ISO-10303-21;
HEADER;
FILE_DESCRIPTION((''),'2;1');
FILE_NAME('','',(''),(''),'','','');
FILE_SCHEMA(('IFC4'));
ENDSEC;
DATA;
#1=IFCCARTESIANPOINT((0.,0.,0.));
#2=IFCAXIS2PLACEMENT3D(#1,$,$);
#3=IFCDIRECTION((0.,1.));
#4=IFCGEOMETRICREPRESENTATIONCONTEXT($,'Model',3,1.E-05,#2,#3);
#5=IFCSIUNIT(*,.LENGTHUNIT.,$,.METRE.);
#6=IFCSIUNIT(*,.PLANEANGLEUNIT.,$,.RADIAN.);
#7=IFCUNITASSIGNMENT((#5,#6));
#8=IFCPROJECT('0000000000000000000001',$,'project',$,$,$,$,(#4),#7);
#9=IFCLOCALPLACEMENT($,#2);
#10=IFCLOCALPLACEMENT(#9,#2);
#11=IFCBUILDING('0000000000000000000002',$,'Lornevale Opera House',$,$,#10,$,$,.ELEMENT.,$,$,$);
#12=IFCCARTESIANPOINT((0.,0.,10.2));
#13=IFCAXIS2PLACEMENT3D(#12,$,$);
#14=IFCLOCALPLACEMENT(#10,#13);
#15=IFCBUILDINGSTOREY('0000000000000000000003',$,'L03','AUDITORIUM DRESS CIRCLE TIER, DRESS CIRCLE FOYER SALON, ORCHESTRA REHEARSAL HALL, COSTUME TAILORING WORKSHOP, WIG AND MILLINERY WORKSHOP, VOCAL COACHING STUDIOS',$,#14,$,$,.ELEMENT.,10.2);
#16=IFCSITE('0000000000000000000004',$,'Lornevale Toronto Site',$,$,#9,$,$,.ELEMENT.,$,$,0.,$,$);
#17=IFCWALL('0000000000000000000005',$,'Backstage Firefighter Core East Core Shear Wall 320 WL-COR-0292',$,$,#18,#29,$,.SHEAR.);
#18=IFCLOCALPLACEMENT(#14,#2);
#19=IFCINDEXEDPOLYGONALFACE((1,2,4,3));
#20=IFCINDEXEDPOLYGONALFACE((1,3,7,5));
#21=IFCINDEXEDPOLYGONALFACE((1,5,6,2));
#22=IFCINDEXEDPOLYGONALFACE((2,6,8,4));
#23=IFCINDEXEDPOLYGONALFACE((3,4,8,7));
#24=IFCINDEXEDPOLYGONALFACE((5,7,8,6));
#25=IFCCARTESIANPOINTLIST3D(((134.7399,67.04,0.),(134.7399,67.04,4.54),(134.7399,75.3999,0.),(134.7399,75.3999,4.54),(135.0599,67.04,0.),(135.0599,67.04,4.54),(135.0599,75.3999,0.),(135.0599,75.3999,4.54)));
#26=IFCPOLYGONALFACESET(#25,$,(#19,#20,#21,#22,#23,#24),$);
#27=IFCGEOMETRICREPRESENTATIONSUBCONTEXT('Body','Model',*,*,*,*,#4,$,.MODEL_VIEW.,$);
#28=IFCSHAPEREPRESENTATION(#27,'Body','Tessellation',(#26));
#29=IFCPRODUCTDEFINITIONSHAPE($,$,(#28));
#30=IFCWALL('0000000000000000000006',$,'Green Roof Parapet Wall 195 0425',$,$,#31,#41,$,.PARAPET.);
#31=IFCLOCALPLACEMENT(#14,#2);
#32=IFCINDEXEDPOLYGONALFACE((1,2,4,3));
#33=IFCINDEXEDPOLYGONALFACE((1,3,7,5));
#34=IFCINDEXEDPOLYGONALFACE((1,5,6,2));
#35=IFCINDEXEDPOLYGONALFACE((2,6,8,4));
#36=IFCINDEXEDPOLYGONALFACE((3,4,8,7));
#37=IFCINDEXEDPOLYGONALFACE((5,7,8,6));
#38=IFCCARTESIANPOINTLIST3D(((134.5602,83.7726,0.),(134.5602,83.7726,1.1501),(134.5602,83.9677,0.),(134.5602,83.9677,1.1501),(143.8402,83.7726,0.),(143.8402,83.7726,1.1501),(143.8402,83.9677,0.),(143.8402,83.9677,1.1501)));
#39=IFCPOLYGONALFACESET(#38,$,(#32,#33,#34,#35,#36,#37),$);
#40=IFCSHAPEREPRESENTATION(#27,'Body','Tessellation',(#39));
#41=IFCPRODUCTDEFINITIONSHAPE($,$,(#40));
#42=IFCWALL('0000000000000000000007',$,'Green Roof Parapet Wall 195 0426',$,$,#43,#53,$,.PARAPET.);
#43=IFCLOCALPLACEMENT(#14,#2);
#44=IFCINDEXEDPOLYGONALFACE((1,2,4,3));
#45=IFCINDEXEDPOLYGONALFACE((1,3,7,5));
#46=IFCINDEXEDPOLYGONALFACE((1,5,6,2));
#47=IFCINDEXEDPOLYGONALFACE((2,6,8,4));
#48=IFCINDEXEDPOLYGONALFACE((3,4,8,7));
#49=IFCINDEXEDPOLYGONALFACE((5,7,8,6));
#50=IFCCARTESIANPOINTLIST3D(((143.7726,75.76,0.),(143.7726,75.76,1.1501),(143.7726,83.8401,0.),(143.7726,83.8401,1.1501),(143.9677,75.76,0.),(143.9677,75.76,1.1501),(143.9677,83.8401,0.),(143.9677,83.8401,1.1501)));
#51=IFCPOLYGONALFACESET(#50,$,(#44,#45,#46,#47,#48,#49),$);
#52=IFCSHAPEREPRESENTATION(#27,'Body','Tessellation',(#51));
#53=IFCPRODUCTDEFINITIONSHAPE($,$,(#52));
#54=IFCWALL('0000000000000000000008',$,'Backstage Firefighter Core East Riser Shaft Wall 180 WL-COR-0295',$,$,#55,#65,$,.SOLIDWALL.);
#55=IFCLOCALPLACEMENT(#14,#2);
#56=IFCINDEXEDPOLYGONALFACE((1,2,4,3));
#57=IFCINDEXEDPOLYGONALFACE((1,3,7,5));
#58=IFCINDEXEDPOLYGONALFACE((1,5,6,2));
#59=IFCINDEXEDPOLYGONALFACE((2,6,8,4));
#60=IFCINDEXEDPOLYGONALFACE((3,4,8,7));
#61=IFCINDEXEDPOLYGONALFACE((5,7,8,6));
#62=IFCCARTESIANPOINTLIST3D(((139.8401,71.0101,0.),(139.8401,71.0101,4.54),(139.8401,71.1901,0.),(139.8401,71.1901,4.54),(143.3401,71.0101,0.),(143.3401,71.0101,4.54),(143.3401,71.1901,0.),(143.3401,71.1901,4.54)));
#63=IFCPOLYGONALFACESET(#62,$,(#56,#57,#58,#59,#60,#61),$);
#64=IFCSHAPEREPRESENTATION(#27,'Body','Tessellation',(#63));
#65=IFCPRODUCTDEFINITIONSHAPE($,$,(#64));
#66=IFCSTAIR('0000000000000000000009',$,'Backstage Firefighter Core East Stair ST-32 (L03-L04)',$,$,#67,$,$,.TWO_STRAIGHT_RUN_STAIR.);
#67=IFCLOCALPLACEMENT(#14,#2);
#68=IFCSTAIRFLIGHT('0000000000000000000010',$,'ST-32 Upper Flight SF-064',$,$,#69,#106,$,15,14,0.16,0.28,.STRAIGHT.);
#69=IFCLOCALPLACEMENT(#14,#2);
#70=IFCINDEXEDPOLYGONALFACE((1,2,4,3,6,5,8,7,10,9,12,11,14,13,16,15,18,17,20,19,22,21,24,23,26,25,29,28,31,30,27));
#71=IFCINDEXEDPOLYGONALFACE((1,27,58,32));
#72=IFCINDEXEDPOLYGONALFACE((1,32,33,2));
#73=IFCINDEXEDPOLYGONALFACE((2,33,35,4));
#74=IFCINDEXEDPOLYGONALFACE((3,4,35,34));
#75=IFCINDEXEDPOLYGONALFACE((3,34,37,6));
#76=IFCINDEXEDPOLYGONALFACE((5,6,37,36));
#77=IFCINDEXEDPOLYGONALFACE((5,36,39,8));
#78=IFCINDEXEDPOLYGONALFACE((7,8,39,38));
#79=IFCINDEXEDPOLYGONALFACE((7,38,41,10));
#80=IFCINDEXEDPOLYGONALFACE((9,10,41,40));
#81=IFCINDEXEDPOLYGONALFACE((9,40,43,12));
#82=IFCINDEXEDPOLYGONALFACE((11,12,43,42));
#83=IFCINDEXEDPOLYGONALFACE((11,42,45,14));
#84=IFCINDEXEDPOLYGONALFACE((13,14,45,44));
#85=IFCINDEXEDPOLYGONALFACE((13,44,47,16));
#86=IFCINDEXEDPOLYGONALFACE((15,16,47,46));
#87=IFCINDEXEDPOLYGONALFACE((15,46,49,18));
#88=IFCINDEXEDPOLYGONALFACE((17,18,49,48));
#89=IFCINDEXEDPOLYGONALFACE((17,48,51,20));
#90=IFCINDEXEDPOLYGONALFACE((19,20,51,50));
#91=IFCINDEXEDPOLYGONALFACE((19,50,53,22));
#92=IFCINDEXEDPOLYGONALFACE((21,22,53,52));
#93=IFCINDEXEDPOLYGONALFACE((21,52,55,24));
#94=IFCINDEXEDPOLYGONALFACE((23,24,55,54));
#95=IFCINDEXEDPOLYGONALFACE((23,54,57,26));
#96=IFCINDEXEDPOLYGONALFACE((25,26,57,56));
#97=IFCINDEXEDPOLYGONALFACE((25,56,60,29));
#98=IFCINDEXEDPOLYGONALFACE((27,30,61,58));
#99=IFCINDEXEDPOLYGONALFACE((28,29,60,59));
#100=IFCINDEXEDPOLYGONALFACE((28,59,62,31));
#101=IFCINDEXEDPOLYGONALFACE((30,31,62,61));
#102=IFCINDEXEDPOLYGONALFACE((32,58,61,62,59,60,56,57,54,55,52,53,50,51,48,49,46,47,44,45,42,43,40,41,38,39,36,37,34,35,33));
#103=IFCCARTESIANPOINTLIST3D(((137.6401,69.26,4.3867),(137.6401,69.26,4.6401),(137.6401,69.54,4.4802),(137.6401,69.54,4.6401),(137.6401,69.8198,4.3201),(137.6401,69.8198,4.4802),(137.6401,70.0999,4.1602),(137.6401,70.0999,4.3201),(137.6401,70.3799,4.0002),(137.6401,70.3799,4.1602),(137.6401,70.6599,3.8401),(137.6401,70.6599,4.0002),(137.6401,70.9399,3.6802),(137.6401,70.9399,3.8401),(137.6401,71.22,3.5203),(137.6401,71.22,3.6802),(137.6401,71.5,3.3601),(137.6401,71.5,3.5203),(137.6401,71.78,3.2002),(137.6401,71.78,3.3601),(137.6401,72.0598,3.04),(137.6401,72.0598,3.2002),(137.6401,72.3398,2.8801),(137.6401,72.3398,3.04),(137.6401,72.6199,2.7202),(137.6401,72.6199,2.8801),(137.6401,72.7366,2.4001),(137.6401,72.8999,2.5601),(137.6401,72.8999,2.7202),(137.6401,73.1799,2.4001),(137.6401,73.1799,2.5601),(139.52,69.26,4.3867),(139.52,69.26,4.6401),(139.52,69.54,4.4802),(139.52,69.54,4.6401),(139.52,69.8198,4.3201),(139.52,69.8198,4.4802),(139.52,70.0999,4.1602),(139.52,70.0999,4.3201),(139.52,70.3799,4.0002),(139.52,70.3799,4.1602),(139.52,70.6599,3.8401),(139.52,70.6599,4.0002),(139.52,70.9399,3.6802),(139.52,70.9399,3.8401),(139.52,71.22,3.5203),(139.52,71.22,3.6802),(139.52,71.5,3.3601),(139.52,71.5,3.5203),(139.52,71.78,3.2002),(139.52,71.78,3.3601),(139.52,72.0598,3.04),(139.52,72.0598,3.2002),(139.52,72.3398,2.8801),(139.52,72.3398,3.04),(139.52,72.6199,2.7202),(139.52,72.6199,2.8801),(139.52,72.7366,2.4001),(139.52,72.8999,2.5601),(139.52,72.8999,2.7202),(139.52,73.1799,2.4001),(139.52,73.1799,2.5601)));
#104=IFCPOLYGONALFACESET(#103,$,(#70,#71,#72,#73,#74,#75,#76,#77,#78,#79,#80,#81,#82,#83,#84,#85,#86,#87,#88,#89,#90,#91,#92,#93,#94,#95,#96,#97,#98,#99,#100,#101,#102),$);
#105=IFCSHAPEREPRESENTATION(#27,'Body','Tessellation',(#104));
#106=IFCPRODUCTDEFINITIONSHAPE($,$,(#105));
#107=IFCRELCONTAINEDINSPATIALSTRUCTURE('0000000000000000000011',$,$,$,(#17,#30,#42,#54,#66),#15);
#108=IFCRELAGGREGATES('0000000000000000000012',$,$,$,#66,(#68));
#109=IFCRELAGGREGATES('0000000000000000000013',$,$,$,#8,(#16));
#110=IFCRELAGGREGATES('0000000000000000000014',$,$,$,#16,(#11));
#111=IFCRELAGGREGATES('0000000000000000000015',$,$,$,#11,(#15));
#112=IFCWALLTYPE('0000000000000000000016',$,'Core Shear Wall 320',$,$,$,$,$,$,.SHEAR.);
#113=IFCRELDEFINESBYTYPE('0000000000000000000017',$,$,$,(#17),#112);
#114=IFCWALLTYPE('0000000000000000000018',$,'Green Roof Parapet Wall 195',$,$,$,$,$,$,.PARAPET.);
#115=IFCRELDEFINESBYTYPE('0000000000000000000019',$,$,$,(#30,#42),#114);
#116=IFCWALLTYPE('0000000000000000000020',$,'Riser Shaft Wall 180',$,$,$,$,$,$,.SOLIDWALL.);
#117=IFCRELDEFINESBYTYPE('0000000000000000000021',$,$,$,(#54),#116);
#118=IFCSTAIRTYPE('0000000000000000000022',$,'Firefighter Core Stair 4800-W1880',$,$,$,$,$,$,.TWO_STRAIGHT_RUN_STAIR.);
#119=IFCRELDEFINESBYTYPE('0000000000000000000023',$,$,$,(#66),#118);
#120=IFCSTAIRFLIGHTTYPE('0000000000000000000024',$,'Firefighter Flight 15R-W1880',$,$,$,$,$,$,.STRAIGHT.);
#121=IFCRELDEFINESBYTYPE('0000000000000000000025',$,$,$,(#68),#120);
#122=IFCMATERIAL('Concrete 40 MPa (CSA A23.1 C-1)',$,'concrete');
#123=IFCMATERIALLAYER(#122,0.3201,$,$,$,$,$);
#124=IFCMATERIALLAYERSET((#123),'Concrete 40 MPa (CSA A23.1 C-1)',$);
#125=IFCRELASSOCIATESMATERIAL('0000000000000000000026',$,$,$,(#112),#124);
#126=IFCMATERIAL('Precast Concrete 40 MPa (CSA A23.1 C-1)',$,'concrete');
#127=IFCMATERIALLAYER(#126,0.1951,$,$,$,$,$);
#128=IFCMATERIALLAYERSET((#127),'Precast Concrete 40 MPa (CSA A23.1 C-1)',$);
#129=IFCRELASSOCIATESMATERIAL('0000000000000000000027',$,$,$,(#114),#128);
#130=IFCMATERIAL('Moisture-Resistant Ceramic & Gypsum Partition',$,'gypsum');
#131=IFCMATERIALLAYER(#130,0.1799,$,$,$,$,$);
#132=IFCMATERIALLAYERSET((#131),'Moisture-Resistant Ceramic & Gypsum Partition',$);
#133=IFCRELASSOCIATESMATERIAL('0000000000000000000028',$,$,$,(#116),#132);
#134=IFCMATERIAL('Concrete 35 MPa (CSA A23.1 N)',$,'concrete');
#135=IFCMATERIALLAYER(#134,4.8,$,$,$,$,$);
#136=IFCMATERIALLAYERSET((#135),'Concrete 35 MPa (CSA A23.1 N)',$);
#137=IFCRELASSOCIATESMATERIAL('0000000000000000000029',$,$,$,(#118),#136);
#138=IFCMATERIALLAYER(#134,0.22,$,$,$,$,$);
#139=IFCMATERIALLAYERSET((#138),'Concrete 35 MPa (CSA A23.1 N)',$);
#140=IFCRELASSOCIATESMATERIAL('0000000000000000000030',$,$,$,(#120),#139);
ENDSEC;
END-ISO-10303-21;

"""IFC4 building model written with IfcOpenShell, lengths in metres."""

from ifc_helpers import new_model, si_unit, direction, frame, frame_2d, origin, place, context, subcontext, project, spatial, polyline, rectangle, outline, extrude, material, layer, layer_set, type_object, element, aggregate, save


model = new_model("IFC4")

# Units and contexts
model_context = context("Model", 3, precision=1e-05, world=origin(), true_north=direction((0.0, 1.0)))
body_context = subcontext(model_context, "Body", "Model", "MODEL_VIEW")
ifc_project = project(units=[si_unit("LENGTHUNIT", "METRE"), si_unit("PLANEANGLEUNIT", "RADIAN")], contexts=[model_context])

# Site, building, storey
site_placement = place(None, origin())
site = spatial("IfcSite", under=ifc_project, at=site_placement, Name="Lornevale Toronto Site", CompositionType="ELEMENT", RefElevation=0.0)
building_placement = place(site_placement, origin())
building = spatial("IfcBuilding", under=site, at=building_placement, Name="Lornevale Opera House", CompositionType="ELEMENT")
storey_placement = place(building_placement, frame((0.0, 0.0, 10.2)))
storey = spatial("IfcBuildingStorey", under=building, at=storey_placement, Name="L03", Description="AUDITORIUM DRESS CIRCLE TIER, DRESS CIRCLE FOYER SALON, ORCHESTRA REHEARSAL HALL, COSTUME TAILORING WORKSHOP, WIG AND MILLINERY WORKSHOP, VOCAL COACHING STUDIOS", CompositionType="ELEMENT", Elevation=10.2)

# Shared definitions
ifc_material_1 = material(Name="Concrete 40 MPa (CSA A23.1 C-1)", Category="concrete")

# Shared definitions
ifc_material_2 = material(Name="Concrete 35 MPa (CSA A23.1 N)", Category="concrete")

# Walls
ifc_layer_1 = layer(ifc_material_1, 0.3201)
ifc_layer_set_1 = layer_set([ifc_layer_1], Name="Concrete 40 MPa (CSA A23.1 C-1)")
wall_type_1 = type_object("IfcWallType", Name="Core Shear Wall 320", PredefinedType="SHEAR", material=ifc_layer_set_1)
wall_1_placement = place(storey_placement, frame((134.8999, 75.3999, 0.0), z_axis=(0.0, 0.0, 1.0), x_axis=(0.0, -1.0, 0.0)))
element("IfcWall", 1, at=wall_1_placement, inside=storey, type_object=wall_type_1, Name="Backstage Firefighter Core East Core Shear Wall 320 WL-COR-0292", PredefinedType="SHEAR", context=body_context, shape_type="SweptSolid", body=[
    extrude(rectangle(XDim=8.3599, YDim=0.3201, at=frame_2d((4.1799, 0.0))), origin(), (0.0, 0.0, 1.0), 4.54),
])
ifc_material_3 = material(Name="Precast Concrete 40 MPa (CSA A23.1 C-1)", Category="concrete")
ifc_layer_2 = layer(ifc_material_3, 0.1951)
ifc_layer_set_2 = layer_set([ifc_layer_2], Name="Precast Concrete 40 MPa (CSA A23.1 C-1)")
wall_type_2 = type_object("IfcWallType", Name="Green Roof Parapet Wall 195", PredefinedType="PARAPET", material=ifc_layer_set_2)
wall_2_placement = place(storey_placement, frame((134.5601, 83.8701, 0.0), z_axis=(0.0, 0.0, 1.0), x_axis=(1.0, 0.0, 0.0)))
element("IfcWall", 2, at=wall_2_placement, inside=storey, type_object=wall_type_2, Name="Green Roof Parapet Wall 195 0425", PredefinedType="PARAPET", context=body_context, shape_type="SweptSolid", body=[
    extrude(rectangle(XDim=9.28, YDim=0.1951, at=frame_2d((4.6401, 0.0))), origin(), (0.0, 0.0, 1.0), 1.1501),
])
wall_3_placement = place(storey_placement, frame((143.8701, 83.8401, 0.0), z_axis=(0.0, 0.0, 1.0), x_axis=(0.0, -1.0, 0.0)))
element("IfcWall", 3, at=wall_3_placement, inside=storey, type_object=wall_type_2, Name="Green Roof Parapet Wall 195 0426", PredefinedType="PARAPET", context=body_context, shape_type="SweptSolid", body=[
    extrude(rectangle(XDim=8.0801, YDim=0.1951, at=frame_2d((4.04, 0.0))), origin(), (0.0, 0.0, 1.0), 1.1501),
])
ifc_material_4 = material(Name="Moisture-Resistant Ceramic & Gypsum Partition", Category="gypsum")
ifc_layer_3 = layer(ifc_material_4, 0.1799)
ifc_layer_set_3 = layer_set([ifc_layer_3], Name="Moisture-Resistant Ceramic & Gypsum Partition")
wall_type_3 = type_object("IfcWallType", Name="Riser Shaft Wall 180", PredefinedType="SOLIDWALL", material=ifc_layer_set_3)
wall_4_placement = place(storey_placement, frame((139.8401, 71.1001, 0.0), z_axis=(0.0, 0.0, 1.0), x_axis=(1.0, 0.0, 0.0)))
element("IfcWall", 4, at=wall_4_placement, inside=storey, type_object=wall_type_3, Name="Backstage Firefighter Core East Riser Shaft Wall 180 WL-COR-0295", PredefinedType="SOLIDWALL", context=body_context, shape_type="SweptSolid", body=[
    extrude(rectangle(XDim=3.5, YDim=0.1799, at=frame_2d((1.75, 0.0))), origin(), (0.0, 0.0, 1.0), 4.54),
])

# Stair, stair flight
ifc_layer_4 = layer(ifc_material_2, 4.8)
ifc_layer_set_4 = layer_set([ifc_layer_4], Name="Concrete 35 MPa (CSA A23.1 N)")
stair_type = type_object("IfcStairType", Name="Firefighter Core Stair 4800-W1880", PredefinedType="TWO_STRAIGHT_RUN_STAIR", material=ifc_layer_set_4)
stair_placement = place(storey_placement, origin())
stair = element("IfcStair", 5, at=stair_placement, inside=storey, type_object=stair_type, Name="Backstage Firefighter Core East Stair ST-32 (L03-L04)", PredefinedType="TWO_STRAIGHT_RUN_STAIR")
ifc_layer_5 = layer(ifc_material_2, 0.22)
ifc_layer_set_5 = layer_set([ifc_layer_5], Name="Concrete 35 MPa (CSA A23.1 N)")
stair_flight_type = type_object("IfcStairFlightType", Name="Firefighter Flight 15R-W1880", PredefinedType="STRAIGHT", material=ifc_layer_set_5)
stair_flight_placement = place(storey_placement, frame((138.5801, 73.1799, 2.4001), z_axis=(0.0, 0.0, 1.0), x_axis=(0.0, -1.0, 0.0)))
stair_flight = element("IfcStairFlight", 6, at=stair_flight_placement, type_object=stair_flight_type, Name="ST-32 Upper Flight SF-064", NumberOfRisers=15, NumberOfTreads=14, PredefinedType="STRAIGHT", RiserHeight=0.16, TreadLength=0.28, context=body_context, shape_type="SweptSolid", body=[
    extrude(outline(polyline([(0.0, 0.0), (0.0, 0.1599), (0.28, 0.1599), (0.28, 0.3201), (0.5601, 0.3201), (0.5601, 0.48), (0.8401, 0.48), (0.8401, 0.6399), (1.1201, 0.6399), (1.1201, 0.8), (1.3999, 0.8), (1.3999, 0.96), (1.6799, 0.96), (1.6799, 1.1201), (1.96, 1.1201), (1.96, 1.28), (2.24, 1.28), (2.24, 1.4399), (2.52, 1.4399), (2.52, 1.6001), (2.8, 1.6001), (2.8, 1.76), (3.0801, 1.76), (3.0801, 1.9199), (3.3601, 1.9199), (3.3601, 2.0801), (3.6399, 2.0801), (3.6399, 2.24), (3.9199, 2.24), (3.9199, 1.9866), (0.4434, 0.0), (0.0, 0.0)])), frame((0.0, 0.9399, 0.0), z_axis=(0.0, -1.0, 0.0), x_axis=(1.0, 0.0, 0.0)), (0.0, 0.0, 1.0), 1.8799),
])
aggregate(stair, [stair_flight])

save(model, "model.ifc")
